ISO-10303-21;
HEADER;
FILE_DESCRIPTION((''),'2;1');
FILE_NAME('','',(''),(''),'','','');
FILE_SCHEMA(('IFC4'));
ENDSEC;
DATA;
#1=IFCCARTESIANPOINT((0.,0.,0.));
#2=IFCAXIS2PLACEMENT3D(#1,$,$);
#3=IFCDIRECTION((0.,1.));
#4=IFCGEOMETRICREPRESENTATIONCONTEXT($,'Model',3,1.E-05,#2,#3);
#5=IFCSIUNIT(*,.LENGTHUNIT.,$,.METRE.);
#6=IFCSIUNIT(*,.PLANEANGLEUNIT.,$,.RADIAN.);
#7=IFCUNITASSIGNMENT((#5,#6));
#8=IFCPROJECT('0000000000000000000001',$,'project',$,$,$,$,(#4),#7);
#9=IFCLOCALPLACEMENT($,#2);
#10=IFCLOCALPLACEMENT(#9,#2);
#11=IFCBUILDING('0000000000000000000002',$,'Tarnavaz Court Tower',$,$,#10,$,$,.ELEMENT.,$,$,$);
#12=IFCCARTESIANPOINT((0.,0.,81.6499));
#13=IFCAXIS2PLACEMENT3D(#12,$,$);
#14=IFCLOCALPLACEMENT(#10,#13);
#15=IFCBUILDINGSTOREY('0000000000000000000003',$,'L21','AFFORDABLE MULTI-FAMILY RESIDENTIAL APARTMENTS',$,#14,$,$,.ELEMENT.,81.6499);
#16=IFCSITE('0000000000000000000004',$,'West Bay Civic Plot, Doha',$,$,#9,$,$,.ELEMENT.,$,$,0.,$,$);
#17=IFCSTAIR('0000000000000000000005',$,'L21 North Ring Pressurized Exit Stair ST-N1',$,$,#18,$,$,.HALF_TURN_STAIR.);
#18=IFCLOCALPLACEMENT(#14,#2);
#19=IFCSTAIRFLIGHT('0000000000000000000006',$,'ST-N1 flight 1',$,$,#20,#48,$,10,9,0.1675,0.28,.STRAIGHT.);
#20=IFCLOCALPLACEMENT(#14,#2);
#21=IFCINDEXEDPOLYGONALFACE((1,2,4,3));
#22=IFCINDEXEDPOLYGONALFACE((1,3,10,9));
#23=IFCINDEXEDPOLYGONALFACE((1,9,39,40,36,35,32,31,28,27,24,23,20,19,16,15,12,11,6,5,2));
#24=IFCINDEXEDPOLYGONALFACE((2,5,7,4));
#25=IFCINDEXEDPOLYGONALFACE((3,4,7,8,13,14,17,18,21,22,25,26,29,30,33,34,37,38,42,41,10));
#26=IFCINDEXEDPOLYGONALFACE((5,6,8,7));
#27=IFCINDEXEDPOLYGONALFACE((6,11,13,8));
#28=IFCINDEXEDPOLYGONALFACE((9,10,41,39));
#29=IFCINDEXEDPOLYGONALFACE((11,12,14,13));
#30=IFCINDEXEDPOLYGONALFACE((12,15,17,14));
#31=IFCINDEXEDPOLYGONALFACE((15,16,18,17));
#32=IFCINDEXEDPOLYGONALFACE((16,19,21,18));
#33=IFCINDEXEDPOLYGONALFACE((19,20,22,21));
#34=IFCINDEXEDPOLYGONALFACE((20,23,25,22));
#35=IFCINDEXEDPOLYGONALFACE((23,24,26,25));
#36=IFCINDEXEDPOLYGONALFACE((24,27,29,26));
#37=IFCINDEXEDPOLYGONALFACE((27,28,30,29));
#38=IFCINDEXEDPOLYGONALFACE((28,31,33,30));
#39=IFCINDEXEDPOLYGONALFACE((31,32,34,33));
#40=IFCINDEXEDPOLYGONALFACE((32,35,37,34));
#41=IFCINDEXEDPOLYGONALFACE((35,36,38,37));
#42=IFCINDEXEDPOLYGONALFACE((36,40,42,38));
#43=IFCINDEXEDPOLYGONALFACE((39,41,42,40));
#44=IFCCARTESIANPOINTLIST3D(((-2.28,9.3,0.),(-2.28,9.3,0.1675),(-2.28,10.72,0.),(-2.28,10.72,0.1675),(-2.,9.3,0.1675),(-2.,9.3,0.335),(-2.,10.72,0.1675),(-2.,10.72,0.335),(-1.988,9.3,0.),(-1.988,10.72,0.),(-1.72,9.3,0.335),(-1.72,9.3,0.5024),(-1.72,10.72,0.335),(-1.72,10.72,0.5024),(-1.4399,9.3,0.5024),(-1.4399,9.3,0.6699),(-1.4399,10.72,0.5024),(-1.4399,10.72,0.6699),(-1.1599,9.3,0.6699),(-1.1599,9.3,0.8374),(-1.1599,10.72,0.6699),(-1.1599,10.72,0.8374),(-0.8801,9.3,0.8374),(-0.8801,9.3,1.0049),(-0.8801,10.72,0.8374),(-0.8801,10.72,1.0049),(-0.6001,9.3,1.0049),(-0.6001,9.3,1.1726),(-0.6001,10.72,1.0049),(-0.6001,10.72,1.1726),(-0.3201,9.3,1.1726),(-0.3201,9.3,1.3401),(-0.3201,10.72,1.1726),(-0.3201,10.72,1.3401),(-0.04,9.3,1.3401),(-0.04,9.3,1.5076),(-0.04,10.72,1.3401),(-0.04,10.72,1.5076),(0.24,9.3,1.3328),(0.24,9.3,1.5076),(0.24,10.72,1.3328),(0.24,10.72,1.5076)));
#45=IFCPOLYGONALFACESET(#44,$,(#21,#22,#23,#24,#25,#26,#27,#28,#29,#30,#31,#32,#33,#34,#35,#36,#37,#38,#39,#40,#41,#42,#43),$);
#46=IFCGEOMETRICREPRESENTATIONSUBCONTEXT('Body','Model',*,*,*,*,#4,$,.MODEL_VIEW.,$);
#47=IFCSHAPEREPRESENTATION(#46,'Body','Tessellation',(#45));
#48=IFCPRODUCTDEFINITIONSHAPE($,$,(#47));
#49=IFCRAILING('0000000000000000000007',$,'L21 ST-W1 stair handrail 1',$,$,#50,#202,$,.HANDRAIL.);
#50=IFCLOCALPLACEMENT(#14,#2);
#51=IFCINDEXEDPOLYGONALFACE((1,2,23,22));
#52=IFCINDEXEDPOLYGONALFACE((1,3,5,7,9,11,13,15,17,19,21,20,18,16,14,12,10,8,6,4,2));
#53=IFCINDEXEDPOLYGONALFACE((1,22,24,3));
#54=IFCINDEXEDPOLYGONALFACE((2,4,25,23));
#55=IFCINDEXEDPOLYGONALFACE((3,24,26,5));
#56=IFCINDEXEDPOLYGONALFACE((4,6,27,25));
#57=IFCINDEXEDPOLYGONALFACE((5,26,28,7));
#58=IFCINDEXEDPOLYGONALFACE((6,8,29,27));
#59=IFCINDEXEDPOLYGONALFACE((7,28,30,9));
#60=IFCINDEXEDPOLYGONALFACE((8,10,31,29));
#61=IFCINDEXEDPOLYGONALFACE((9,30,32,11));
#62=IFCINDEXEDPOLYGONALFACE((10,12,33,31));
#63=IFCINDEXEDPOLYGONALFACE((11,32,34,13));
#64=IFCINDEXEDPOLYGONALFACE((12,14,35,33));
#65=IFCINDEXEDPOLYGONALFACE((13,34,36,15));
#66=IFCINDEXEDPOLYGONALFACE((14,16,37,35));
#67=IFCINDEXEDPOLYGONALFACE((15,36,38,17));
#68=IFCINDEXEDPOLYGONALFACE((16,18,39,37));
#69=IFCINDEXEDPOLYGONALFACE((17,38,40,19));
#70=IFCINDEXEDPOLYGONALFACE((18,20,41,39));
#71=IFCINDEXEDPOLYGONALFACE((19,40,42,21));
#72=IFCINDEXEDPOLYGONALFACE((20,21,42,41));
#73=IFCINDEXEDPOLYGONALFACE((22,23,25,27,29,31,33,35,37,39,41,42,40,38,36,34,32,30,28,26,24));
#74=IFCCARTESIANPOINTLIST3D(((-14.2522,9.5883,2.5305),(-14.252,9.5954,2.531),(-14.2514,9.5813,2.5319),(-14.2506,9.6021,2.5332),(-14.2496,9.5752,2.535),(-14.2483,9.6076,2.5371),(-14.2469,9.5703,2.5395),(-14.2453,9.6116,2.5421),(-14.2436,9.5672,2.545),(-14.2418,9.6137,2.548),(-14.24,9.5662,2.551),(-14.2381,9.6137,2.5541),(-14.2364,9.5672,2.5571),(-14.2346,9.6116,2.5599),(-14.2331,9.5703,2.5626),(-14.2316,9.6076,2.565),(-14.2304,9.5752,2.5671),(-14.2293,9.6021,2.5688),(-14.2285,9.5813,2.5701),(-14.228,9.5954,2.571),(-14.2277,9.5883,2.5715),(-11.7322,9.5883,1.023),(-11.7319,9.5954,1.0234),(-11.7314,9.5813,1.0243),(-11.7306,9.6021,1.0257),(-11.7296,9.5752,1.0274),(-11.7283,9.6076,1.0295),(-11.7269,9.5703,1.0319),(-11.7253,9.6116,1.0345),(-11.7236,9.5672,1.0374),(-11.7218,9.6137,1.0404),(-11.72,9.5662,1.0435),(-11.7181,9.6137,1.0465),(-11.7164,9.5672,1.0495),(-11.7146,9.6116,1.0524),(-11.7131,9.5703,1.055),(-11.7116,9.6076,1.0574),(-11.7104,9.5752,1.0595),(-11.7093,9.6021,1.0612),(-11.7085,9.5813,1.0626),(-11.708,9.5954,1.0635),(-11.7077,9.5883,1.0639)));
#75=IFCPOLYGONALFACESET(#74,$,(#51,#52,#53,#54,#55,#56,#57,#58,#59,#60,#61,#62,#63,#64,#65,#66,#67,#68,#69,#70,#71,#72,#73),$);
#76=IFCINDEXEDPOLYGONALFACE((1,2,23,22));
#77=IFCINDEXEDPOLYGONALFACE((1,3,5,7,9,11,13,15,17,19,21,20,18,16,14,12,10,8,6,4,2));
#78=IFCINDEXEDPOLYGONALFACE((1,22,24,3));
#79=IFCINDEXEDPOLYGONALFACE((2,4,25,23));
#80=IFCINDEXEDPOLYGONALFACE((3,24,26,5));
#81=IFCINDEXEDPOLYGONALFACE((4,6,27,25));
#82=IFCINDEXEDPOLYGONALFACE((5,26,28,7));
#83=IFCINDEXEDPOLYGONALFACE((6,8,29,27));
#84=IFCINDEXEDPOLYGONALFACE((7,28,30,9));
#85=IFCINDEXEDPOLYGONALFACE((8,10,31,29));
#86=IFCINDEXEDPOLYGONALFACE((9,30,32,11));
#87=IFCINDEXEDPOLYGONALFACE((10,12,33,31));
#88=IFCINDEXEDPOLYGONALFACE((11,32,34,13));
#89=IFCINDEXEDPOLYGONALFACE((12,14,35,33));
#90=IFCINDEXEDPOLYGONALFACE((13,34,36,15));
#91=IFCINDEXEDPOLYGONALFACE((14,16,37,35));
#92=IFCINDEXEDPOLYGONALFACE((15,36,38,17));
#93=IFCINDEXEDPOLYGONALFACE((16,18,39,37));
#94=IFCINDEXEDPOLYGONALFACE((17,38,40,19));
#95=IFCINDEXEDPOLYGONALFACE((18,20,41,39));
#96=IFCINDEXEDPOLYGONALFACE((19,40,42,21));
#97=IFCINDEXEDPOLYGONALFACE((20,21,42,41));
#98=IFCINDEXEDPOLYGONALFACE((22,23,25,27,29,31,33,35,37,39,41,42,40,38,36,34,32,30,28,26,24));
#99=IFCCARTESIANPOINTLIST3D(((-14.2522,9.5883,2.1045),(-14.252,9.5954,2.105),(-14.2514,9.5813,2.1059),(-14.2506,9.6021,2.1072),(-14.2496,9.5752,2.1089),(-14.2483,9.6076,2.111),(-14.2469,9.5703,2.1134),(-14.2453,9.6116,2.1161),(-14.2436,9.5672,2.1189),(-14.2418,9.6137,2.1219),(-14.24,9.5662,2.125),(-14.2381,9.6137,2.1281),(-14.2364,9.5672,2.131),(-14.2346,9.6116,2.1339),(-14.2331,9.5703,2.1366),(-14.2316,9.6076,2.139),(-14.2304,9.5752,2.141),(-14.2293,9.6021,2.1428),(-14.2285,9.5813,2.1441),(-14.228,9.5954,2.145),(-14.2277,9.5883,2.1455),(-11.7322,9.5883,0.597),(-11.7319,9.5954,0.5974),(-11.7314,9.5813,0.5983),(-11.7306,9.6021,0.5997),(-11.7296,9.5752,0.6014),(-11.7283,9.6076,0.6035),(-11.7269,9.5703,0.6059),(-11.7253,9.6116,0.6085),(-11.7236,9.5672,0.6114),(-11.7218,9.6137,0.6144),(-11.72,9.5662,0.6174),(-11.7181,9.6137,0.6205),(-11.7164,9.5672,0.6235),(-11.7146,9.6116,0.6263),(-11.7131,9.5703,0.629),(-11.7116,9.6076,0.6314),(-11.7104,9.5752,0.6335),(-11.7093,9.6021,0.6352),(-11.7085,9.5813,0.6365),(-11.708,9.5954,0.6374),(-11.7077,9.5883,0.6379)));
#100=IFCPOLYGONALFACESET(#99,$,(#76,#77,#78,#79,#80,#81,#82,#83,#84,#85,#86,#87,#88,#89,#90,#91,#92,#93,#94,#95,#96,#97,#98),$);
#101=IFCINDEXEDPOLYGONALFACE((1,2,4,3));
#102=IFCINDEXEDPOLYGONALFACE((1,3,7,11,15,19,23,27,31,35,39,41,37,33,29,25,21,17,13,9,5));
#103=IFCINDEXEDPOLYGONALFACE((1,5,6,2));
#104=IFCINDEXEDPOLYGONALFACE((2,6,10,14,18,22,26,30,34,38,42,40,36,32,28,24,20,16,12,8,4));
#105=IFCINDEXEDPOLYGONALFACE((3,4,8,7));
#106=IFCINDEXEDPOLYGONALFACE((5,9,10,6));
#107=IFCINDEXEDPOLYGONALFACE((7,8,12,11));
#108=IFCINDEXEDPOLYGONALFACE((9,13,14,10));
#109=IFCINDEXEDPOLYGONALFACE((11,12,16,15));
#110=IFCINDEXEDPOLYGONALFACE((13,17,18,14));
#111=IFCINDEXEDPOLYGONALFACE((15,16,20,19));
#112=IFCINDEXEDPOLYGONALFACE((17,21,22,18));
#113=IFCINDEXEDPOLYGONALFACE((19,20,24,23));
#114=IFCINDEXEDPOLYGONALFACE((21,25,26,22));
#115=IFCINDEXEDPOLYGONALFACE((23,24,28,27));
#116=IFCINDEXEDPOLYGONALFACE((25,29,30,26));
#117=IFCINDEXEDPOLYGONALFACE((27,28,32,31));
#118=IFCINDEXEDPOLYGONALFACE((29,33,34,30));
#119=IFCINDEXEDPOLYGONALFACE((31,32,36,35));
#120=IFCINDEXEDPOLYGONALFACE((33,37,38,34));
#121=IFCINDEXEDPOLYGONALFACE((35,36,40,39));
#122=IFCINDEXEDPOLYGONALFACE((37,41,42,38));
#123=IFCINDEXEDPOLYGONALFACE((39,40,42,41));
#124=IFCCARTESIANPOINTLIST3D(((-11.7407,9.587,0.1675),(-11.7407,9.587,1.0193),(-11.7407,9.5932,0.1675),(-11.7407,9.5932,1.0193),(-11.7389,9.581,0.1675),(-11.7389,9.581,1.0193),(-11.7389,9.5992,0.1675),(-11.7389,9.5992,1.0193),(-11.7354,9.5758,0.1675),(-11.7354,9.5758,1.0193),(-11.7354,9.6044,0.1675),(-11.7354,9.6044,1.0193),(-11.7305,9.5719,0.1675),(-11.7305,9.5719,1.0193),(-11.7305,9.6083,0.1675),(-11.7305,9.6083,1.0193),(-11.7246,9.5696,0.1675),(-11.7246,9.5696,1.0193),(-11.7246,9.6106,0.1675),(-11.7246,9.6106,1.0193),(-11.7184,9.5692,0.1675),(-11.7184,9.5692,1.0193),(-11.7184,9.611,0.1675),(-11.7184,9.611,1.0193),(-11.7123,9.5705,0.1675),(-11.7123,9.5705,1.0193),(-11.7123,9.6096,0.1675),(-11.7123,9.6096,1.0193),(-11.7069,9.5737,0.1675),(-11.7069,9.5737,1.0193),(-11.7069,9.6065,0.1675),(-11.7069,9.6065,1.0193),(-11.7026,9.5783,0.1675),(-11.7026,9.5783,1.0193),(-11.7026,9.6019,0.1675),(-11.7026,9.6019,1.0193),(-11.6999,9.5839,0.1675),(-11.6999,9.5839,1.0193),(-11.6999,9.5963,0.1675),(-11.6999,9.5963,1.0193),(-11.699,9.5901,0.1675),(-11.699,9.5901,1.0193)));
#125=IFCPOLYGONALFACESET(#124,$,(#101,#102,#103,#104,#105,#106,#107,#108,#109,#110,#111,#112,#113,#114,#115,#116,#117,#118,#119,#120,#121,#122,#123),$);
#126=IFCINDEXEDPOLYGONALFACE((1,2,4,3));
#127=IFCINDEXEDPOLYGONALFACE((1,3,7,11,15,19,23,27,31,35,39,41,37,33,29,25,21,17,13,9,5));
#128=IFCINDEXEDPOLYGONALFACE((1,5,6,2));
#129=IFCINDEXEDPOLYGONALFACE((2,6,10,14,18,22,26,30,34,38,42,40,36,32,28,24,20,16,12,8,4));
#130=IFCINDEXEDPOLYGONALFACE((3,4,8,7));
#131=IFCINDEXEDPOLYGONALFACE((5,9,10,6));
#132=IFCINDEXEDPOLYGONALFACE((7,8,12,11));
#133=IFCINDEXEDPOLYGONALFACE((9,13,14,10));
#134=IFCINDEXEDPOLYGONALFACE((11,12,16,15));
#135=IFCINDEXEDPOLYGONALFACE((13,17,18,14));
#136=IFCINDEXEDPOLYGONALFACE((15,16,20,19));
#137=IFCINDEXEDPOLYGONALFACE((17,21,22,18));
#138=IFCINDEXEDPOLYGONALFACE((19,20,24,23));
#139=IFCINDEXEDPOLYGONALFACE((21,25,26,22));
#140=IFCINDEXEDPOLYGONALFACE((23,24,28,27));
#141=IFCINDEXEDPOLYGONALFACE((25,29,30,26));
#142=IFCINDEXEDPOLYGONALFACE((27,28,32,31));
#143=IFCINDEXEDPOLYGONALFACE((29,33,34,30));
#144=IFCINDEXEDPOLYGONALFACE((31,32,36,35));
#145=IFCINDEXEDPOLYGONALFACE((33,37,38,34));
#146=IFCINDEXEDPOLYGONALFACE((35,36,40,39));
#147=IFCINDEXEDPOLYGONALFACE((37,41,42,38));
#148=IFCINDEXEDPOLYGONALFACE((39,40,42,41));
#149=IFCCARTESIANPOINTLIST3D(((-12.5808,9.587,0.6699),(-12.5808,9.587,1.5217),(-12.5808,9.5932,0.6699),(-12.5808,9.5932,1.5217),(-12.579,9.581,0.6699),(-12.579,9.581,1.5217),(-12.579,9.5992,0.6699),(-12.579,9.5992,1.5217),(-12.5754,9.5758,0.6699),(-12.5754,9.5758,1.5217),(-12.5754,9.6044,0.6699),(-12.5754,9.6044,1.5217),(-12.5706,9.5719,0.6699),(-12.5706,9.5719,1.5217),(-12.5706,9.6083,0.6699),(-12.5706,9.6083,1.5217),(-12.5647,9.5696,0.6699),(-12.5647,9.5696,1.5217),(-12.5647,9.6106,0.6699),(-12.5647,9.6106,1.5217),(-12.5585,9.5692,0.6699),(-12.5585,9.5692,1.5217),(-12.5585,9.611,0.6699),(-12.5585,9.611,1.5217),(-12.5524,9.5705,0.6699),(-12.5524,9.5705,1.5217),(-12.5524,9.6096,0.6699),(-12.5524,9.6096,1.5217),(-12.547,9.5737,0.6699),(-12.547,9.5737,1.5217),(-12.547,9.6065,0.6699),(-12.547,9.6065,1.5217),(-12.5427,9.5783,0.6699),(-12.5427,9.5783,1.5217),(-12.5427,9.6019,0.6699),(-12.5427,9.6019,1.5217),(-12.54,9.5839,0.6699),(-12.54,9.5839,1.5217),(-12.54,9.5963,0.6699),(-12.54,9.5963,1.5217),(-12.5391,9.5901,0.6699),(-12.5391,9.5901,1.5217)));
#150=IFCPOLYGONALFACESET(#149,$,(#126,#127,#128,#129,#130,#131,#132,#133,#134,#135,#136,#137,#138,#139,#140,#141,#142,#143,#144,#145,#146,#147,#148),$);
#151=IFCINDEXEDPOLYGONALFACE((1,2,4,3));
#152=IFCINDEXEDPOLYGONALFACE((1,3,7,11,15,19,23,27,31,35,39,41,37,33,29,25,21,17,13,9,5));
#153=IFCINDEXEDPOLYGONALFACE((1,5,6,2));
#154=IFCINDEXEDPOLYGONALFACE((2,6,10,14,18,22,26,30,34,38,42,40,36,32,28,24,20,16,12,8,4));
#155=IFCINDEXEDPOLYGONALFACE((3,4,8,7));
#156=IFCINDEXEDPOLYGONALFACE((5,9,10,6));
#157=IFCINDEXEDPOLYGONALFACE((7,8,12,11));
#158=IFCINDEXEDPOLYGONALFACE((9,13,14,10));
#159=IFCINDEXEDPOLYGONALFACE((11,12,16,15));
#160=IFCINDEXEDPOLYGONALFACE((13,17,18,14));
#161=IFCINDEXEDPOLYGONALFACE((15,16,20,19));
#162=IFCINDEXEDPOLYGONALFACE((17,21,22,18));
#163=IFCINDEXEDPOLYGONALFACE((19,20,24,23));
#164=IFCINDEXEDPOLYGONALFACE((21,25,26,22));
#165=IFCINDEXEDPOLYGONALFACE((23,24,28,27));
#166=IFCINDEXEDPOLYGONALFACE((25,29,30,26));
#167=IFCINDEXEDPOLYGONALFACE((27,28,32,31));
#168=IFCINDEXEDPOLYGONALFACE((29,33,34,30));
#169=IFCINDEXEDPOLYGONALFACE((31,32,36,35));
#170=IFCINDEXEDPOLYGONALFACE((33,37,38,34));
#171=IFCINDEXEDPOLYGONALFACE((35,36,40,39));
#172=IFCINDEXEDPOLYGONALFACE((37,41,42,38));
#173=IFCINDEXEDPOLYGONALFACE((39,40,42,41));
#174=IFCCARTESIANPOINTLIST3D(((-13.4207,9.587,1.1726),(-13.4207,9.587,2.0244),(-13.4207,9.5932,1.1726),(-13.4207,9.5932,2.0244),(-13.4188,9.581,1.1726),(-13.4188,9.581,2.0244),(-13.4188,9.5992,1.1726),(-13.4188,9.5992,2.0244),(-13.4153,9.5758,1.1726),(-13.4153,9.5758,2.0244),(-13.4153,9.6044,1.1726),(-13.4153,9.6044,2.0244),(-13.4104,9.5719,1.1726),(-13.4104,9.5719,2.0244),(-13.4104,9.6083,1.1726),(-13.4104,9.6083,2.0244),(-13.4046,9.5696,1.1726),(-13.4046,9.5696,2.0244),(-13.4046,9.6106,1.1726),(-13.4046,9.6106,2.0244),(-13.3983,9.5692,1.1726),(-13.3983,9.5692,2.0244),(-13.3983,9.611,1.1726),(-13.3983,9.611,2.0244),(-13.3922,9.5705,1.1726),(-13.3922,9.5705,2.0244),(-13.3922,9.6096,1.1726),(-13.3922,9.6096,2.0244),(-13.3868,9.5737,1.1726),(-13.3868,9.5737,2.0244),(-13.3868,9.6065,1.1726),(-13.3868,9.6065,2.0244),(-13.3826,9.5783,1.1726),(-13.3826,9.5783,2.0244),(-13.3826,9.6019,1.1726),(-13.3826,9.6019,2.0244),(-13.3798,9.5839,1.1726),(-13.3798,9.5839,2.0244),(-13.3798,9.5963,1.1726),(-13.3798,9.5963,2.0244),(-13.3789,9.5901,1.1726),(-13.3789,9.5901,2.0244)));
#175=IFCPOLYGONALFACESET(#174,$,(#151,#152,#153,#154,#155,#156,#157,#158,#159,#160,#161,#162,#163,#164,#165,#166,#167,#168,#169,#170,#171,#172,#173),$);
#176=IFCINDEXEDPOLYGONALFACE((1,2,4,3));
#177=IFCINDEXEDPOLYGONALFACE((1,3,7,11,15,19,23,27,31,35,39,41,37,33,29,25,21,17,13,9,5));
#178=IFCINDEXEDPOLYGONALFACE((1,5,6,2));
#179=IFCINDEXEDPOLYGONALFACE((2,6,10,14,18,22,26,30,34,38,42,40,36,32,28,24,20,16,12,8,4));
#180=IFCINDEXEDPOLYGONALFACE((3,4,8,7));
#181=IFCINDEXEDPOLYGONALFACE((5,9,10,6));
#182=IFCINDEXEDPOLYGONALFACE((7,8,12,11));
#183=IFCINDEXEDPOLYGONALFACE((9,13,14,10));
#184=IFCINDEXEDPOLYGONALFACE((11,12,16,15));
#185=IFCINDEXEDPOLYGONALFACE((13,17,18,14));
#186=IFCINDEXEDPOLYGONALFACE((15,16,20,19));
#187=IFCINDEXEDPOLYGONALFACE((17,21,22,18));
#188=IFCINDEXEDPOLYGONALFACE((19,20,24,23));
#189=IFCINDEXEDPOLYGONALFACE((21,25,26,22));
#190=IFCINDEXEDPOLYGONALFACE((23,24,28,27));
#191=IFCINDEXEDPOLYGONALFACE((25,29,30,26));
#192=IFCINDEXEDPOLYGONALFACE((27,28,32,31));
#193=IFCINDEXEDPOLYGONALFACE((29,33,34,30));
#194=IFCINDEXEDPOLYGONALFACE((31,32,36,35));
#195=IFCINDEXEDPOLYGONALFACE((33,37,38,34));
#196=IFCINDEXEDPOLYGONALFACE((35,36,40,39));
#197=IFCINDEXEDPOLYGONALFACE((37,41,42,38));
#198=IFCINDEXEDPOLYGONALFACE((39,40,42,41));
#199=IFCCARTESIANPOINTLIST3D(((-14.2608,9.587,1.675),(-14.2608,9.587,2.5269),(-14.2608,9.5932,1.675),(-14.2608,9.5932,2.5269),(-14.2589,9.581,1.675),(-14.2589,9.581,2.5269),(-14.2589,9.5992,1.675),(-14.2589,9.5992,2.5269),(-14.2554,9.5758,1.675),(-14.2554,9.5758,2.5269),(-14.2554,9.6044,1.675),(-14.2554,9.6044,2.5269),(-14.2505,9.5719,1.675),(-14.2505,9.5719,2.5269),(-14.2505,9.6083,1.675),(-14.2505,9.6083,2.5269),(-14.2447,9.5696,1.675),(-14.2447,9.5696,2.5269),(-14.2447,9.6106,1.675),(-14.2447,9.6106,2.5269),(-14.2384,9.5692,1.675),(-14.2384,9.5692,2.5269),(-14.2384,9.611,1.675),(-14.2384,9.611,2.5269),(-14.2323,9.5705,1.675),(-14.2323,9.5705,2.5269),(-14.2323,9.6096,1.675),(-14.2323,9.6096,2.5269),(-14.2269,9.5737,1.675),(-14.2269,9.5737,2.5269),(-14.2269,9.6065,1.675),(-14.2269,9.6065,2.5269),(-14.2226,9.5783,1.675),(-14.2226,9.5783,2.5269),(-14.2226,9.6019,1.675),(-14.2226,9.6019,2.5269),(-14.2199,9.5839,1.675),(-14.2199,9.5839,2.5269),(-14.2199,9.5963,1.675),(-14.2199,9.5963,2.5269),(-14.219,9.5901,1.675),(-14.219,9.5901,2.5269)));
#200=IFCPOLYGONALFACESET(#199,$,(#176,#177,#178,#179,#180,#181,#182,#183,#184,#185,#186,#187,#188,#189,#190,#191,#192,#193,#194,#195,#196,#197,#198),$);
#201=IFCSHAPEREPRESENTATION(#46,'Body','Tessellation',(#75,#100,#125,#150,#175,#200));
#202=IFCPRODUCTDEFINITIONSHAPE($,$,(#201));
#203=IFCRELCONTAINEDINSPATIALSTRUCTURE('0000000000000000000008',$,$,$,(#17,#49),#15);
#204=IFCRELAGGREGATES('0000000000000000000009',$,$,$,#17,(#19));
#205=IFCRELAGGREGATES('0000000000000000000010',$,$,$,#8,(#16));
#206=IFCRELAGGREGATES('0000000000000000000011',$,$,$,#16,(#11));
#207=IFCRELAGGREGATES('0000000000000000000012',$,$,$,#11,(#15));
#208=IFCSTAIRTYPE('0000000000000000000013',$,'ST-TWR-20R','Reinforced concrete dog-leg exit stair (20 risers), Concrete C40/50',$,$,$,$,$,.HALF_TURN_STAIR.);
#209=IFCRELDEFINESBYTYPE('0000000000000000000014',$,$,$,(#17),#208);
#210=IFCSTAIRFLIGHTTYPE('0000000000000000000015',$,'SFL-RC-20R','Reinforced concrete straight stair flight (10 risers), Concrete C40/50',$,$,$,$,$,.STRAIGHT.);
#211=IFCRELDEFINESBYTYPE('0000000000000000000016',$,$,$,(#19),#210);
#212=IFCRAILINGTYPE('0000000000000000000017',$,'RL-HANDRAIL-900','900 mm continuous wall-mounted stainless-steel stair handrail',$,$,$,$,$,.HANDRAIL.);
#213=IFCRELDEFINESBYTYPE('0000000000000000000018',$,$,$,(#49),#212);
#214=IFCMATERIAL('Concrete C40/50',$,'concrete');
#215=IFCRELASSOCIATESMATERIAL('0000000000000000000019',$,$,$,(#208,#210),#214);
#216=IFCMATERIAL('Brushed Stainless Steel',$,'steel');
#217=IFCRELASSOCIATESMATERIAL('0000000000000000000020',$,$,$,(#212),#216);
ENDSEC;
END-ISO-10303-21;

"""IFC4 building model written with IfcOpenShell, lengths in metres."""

from ifc_helpers import new_model, si_unit, direction, frame, origin, origin_2d, place, context, subcontext, project, spatial, polyline, circle, outline, extrude, material, type_object, element, aggregate, save


model = new_model("IFC4")

# Units and contexts
model_context = context("Model", 3, precision=1e-05, world=origin(), true_north=direction((0.0, 1.0)))
body_context = subcontext(model_context, "Body", "Model", "MODEL_VIEW")
ifc_project = project(units=[si_unit("LENGTHUNIT", "METRE"), si_unit("PLANEANGLEUNIT", "RADIAN")], contexts=[model_context])

# Site, building, storey
site_placement = place(None, origin())
site = spatial("IfcSite", under=ifc_project, at=site_placement, Name="West Bay Civic Plot, Doha", CompositionType="ELEMENT", RefElevation=0.0)
building_placement = place(site_placement, origin())
building = spatial("IfcBuilding", under=site, at=building_placement, Name="Tarnavaz Court Tower", CompositionType="ELEMENT")
storey_placement = place(building_placement, frame((0.0, 0.0, 81.6499)))
storey = spatial("IfcBuildingStorey", under=building, at=storey_placement, Name="L21", Description="AFFORDABLE MULTI-FAMILY RESIDENTIAL APARTMENTS", CompositionType="ELEMENT", Elevation=81.6499)

# Stair, stair flight
ifc_material_1 = material(Name="Concrete C40/50", Category="concrete")
stair_type = type_object("IfcStairType", Name="ST-TWR-20R", Description="Reinforced concrete dog-leg exit stair (20 risers), Concrete C40/50", PredefinedType="HALF_TURN_STAIR", material=ifc_material_1)
stair_flight_type = type_object("IfcStairFlightType", Name="SFL-RC-20R", Description="Reinforced concrete straight stair flight (10 risers), Concrete C40/50", PredefinedType="STRAIGHT", material=ifc_material_1)
stair_1_placement = place(storey_placement, origin())
stair_1 = element("IfcStair", 1, at=stair_1_placement, inside=storey, type_object=stair_type, Name="L21 North Ring Pressurized Exit Stair ST-N1", PredefinedType="HALF_TURN_STAIR")
stair_flight_1_placement = place(storey_placement, frame((-2.28, 10.01, 0.0), z_axis=(0.0, 0.0, 1.0), x_axis=(1.0, 0.0, 0.0)))
stair_flight_1 = element("IfcStairFlight", 2, at=stair_flight_1_placement, type_object=stair_flight_type, Name="ST-N1 flight 1", NumberOfRisers=10, NumberOfTreads=9, PredefinedType="STRAIGHT", RiserHeight=0.1675, TreadLength=0.28, context=body_context, shape_type="SweptSolid", body=[
    extrude(outline(polyline([(0.0, 0.0), (0.0, 0.1675), (0.28, 0.1675), (0.28, 0.335), (0.5601, 0.335), (0.5601, 0.5024), (0.8401, 0.5024), (0.8401, 0.6699), (1.1201, 0.6699), (1.1201, 0.8374), (1.3999, 0.8374), (1.3999, 1.0049), (1.6799, 1.0049), (1.6799, 1.1726), (1.96, 1.1726), (1.96, 1.3401), (2.24, 1.3401), (2.24, 1.5076), (2.52, 1.5076), (2.52, 1.675), (2.52, 1.3328), (0.292, 0.0), (0.0, 0.0)])), frame((0.0, 0.71, 0.0), z_axis=(0.0, -1.0, 0.0), x_axis=(1.0, 0.0, 0.0)), (0.0, 0.0, 1.0), 1.4199),
])
aggregate(stair_1, [stair_flight_1])

# Railing
ifc_material_2 = material(Name="Brushed Stainless Steel", Category="steel")
railing_type_1 = type_object("IfcRailingType", Name="RL-HANDRAIL-900", Description="900 mm continuous wall-mounted stainless-steel stair handrail", PredefinedType="HANDRAIL", material=ifc_material_2)
railing_1_placement = place(storey_placement, frame((-11.72, 9.5901, 0.1675)))
element("IfcRailing", 3, at=railing_1_placement, inside=storey, type_object=railing_type_1, Name="L21 ST-W1 stair handrail 1", PredefinedType="HANDRAIL", context=body_context, shape_type="SweptSolid", body=[
    extrude(circle(Radius=0.0239, at=origin_2d()), frame((0.0, 0.0, 0.876), z_axis=(-0.85816, 0.0, 0.513383), x_axis=(0.0, -1.0, 0.0)), (0.0, 0.0, 1.0), 2.9365),
    extrude(circle(Radius=0.0239, at=origin_2d()), frame((0.0, 0.0, 0.45), z_axis=(-0.85816, 0.0, 0.513383), x_axis=(0.0, -1.0, 0.0)), (0.0, 0.0, 1.0), 2.9365),
    extrude(circle(Radius=0.021, at=origin_2d()), origin(), (0.0, 0.0, 1.0), 0.8518),
    extrude(circle(Radius=0.021, at=origin_2d()), frame((-0.8401, 0.0, 0.5024)), (0.0, 0.0, 1.0), 0.8518),
    extrude(circle(Radius=0.021, at=origin_2d()), frame((-1.6799, 0.0, 1.0051)), (0.0, 0.0, 1.0), 0.8518),
    extrude(circle(Radius=0.021, at=origin_2d()), frame((-2.52, 0.0, 1.5076)), (0.0, 0.0, 1.0), 0.8518),
])

save(model, "model.ifc")
